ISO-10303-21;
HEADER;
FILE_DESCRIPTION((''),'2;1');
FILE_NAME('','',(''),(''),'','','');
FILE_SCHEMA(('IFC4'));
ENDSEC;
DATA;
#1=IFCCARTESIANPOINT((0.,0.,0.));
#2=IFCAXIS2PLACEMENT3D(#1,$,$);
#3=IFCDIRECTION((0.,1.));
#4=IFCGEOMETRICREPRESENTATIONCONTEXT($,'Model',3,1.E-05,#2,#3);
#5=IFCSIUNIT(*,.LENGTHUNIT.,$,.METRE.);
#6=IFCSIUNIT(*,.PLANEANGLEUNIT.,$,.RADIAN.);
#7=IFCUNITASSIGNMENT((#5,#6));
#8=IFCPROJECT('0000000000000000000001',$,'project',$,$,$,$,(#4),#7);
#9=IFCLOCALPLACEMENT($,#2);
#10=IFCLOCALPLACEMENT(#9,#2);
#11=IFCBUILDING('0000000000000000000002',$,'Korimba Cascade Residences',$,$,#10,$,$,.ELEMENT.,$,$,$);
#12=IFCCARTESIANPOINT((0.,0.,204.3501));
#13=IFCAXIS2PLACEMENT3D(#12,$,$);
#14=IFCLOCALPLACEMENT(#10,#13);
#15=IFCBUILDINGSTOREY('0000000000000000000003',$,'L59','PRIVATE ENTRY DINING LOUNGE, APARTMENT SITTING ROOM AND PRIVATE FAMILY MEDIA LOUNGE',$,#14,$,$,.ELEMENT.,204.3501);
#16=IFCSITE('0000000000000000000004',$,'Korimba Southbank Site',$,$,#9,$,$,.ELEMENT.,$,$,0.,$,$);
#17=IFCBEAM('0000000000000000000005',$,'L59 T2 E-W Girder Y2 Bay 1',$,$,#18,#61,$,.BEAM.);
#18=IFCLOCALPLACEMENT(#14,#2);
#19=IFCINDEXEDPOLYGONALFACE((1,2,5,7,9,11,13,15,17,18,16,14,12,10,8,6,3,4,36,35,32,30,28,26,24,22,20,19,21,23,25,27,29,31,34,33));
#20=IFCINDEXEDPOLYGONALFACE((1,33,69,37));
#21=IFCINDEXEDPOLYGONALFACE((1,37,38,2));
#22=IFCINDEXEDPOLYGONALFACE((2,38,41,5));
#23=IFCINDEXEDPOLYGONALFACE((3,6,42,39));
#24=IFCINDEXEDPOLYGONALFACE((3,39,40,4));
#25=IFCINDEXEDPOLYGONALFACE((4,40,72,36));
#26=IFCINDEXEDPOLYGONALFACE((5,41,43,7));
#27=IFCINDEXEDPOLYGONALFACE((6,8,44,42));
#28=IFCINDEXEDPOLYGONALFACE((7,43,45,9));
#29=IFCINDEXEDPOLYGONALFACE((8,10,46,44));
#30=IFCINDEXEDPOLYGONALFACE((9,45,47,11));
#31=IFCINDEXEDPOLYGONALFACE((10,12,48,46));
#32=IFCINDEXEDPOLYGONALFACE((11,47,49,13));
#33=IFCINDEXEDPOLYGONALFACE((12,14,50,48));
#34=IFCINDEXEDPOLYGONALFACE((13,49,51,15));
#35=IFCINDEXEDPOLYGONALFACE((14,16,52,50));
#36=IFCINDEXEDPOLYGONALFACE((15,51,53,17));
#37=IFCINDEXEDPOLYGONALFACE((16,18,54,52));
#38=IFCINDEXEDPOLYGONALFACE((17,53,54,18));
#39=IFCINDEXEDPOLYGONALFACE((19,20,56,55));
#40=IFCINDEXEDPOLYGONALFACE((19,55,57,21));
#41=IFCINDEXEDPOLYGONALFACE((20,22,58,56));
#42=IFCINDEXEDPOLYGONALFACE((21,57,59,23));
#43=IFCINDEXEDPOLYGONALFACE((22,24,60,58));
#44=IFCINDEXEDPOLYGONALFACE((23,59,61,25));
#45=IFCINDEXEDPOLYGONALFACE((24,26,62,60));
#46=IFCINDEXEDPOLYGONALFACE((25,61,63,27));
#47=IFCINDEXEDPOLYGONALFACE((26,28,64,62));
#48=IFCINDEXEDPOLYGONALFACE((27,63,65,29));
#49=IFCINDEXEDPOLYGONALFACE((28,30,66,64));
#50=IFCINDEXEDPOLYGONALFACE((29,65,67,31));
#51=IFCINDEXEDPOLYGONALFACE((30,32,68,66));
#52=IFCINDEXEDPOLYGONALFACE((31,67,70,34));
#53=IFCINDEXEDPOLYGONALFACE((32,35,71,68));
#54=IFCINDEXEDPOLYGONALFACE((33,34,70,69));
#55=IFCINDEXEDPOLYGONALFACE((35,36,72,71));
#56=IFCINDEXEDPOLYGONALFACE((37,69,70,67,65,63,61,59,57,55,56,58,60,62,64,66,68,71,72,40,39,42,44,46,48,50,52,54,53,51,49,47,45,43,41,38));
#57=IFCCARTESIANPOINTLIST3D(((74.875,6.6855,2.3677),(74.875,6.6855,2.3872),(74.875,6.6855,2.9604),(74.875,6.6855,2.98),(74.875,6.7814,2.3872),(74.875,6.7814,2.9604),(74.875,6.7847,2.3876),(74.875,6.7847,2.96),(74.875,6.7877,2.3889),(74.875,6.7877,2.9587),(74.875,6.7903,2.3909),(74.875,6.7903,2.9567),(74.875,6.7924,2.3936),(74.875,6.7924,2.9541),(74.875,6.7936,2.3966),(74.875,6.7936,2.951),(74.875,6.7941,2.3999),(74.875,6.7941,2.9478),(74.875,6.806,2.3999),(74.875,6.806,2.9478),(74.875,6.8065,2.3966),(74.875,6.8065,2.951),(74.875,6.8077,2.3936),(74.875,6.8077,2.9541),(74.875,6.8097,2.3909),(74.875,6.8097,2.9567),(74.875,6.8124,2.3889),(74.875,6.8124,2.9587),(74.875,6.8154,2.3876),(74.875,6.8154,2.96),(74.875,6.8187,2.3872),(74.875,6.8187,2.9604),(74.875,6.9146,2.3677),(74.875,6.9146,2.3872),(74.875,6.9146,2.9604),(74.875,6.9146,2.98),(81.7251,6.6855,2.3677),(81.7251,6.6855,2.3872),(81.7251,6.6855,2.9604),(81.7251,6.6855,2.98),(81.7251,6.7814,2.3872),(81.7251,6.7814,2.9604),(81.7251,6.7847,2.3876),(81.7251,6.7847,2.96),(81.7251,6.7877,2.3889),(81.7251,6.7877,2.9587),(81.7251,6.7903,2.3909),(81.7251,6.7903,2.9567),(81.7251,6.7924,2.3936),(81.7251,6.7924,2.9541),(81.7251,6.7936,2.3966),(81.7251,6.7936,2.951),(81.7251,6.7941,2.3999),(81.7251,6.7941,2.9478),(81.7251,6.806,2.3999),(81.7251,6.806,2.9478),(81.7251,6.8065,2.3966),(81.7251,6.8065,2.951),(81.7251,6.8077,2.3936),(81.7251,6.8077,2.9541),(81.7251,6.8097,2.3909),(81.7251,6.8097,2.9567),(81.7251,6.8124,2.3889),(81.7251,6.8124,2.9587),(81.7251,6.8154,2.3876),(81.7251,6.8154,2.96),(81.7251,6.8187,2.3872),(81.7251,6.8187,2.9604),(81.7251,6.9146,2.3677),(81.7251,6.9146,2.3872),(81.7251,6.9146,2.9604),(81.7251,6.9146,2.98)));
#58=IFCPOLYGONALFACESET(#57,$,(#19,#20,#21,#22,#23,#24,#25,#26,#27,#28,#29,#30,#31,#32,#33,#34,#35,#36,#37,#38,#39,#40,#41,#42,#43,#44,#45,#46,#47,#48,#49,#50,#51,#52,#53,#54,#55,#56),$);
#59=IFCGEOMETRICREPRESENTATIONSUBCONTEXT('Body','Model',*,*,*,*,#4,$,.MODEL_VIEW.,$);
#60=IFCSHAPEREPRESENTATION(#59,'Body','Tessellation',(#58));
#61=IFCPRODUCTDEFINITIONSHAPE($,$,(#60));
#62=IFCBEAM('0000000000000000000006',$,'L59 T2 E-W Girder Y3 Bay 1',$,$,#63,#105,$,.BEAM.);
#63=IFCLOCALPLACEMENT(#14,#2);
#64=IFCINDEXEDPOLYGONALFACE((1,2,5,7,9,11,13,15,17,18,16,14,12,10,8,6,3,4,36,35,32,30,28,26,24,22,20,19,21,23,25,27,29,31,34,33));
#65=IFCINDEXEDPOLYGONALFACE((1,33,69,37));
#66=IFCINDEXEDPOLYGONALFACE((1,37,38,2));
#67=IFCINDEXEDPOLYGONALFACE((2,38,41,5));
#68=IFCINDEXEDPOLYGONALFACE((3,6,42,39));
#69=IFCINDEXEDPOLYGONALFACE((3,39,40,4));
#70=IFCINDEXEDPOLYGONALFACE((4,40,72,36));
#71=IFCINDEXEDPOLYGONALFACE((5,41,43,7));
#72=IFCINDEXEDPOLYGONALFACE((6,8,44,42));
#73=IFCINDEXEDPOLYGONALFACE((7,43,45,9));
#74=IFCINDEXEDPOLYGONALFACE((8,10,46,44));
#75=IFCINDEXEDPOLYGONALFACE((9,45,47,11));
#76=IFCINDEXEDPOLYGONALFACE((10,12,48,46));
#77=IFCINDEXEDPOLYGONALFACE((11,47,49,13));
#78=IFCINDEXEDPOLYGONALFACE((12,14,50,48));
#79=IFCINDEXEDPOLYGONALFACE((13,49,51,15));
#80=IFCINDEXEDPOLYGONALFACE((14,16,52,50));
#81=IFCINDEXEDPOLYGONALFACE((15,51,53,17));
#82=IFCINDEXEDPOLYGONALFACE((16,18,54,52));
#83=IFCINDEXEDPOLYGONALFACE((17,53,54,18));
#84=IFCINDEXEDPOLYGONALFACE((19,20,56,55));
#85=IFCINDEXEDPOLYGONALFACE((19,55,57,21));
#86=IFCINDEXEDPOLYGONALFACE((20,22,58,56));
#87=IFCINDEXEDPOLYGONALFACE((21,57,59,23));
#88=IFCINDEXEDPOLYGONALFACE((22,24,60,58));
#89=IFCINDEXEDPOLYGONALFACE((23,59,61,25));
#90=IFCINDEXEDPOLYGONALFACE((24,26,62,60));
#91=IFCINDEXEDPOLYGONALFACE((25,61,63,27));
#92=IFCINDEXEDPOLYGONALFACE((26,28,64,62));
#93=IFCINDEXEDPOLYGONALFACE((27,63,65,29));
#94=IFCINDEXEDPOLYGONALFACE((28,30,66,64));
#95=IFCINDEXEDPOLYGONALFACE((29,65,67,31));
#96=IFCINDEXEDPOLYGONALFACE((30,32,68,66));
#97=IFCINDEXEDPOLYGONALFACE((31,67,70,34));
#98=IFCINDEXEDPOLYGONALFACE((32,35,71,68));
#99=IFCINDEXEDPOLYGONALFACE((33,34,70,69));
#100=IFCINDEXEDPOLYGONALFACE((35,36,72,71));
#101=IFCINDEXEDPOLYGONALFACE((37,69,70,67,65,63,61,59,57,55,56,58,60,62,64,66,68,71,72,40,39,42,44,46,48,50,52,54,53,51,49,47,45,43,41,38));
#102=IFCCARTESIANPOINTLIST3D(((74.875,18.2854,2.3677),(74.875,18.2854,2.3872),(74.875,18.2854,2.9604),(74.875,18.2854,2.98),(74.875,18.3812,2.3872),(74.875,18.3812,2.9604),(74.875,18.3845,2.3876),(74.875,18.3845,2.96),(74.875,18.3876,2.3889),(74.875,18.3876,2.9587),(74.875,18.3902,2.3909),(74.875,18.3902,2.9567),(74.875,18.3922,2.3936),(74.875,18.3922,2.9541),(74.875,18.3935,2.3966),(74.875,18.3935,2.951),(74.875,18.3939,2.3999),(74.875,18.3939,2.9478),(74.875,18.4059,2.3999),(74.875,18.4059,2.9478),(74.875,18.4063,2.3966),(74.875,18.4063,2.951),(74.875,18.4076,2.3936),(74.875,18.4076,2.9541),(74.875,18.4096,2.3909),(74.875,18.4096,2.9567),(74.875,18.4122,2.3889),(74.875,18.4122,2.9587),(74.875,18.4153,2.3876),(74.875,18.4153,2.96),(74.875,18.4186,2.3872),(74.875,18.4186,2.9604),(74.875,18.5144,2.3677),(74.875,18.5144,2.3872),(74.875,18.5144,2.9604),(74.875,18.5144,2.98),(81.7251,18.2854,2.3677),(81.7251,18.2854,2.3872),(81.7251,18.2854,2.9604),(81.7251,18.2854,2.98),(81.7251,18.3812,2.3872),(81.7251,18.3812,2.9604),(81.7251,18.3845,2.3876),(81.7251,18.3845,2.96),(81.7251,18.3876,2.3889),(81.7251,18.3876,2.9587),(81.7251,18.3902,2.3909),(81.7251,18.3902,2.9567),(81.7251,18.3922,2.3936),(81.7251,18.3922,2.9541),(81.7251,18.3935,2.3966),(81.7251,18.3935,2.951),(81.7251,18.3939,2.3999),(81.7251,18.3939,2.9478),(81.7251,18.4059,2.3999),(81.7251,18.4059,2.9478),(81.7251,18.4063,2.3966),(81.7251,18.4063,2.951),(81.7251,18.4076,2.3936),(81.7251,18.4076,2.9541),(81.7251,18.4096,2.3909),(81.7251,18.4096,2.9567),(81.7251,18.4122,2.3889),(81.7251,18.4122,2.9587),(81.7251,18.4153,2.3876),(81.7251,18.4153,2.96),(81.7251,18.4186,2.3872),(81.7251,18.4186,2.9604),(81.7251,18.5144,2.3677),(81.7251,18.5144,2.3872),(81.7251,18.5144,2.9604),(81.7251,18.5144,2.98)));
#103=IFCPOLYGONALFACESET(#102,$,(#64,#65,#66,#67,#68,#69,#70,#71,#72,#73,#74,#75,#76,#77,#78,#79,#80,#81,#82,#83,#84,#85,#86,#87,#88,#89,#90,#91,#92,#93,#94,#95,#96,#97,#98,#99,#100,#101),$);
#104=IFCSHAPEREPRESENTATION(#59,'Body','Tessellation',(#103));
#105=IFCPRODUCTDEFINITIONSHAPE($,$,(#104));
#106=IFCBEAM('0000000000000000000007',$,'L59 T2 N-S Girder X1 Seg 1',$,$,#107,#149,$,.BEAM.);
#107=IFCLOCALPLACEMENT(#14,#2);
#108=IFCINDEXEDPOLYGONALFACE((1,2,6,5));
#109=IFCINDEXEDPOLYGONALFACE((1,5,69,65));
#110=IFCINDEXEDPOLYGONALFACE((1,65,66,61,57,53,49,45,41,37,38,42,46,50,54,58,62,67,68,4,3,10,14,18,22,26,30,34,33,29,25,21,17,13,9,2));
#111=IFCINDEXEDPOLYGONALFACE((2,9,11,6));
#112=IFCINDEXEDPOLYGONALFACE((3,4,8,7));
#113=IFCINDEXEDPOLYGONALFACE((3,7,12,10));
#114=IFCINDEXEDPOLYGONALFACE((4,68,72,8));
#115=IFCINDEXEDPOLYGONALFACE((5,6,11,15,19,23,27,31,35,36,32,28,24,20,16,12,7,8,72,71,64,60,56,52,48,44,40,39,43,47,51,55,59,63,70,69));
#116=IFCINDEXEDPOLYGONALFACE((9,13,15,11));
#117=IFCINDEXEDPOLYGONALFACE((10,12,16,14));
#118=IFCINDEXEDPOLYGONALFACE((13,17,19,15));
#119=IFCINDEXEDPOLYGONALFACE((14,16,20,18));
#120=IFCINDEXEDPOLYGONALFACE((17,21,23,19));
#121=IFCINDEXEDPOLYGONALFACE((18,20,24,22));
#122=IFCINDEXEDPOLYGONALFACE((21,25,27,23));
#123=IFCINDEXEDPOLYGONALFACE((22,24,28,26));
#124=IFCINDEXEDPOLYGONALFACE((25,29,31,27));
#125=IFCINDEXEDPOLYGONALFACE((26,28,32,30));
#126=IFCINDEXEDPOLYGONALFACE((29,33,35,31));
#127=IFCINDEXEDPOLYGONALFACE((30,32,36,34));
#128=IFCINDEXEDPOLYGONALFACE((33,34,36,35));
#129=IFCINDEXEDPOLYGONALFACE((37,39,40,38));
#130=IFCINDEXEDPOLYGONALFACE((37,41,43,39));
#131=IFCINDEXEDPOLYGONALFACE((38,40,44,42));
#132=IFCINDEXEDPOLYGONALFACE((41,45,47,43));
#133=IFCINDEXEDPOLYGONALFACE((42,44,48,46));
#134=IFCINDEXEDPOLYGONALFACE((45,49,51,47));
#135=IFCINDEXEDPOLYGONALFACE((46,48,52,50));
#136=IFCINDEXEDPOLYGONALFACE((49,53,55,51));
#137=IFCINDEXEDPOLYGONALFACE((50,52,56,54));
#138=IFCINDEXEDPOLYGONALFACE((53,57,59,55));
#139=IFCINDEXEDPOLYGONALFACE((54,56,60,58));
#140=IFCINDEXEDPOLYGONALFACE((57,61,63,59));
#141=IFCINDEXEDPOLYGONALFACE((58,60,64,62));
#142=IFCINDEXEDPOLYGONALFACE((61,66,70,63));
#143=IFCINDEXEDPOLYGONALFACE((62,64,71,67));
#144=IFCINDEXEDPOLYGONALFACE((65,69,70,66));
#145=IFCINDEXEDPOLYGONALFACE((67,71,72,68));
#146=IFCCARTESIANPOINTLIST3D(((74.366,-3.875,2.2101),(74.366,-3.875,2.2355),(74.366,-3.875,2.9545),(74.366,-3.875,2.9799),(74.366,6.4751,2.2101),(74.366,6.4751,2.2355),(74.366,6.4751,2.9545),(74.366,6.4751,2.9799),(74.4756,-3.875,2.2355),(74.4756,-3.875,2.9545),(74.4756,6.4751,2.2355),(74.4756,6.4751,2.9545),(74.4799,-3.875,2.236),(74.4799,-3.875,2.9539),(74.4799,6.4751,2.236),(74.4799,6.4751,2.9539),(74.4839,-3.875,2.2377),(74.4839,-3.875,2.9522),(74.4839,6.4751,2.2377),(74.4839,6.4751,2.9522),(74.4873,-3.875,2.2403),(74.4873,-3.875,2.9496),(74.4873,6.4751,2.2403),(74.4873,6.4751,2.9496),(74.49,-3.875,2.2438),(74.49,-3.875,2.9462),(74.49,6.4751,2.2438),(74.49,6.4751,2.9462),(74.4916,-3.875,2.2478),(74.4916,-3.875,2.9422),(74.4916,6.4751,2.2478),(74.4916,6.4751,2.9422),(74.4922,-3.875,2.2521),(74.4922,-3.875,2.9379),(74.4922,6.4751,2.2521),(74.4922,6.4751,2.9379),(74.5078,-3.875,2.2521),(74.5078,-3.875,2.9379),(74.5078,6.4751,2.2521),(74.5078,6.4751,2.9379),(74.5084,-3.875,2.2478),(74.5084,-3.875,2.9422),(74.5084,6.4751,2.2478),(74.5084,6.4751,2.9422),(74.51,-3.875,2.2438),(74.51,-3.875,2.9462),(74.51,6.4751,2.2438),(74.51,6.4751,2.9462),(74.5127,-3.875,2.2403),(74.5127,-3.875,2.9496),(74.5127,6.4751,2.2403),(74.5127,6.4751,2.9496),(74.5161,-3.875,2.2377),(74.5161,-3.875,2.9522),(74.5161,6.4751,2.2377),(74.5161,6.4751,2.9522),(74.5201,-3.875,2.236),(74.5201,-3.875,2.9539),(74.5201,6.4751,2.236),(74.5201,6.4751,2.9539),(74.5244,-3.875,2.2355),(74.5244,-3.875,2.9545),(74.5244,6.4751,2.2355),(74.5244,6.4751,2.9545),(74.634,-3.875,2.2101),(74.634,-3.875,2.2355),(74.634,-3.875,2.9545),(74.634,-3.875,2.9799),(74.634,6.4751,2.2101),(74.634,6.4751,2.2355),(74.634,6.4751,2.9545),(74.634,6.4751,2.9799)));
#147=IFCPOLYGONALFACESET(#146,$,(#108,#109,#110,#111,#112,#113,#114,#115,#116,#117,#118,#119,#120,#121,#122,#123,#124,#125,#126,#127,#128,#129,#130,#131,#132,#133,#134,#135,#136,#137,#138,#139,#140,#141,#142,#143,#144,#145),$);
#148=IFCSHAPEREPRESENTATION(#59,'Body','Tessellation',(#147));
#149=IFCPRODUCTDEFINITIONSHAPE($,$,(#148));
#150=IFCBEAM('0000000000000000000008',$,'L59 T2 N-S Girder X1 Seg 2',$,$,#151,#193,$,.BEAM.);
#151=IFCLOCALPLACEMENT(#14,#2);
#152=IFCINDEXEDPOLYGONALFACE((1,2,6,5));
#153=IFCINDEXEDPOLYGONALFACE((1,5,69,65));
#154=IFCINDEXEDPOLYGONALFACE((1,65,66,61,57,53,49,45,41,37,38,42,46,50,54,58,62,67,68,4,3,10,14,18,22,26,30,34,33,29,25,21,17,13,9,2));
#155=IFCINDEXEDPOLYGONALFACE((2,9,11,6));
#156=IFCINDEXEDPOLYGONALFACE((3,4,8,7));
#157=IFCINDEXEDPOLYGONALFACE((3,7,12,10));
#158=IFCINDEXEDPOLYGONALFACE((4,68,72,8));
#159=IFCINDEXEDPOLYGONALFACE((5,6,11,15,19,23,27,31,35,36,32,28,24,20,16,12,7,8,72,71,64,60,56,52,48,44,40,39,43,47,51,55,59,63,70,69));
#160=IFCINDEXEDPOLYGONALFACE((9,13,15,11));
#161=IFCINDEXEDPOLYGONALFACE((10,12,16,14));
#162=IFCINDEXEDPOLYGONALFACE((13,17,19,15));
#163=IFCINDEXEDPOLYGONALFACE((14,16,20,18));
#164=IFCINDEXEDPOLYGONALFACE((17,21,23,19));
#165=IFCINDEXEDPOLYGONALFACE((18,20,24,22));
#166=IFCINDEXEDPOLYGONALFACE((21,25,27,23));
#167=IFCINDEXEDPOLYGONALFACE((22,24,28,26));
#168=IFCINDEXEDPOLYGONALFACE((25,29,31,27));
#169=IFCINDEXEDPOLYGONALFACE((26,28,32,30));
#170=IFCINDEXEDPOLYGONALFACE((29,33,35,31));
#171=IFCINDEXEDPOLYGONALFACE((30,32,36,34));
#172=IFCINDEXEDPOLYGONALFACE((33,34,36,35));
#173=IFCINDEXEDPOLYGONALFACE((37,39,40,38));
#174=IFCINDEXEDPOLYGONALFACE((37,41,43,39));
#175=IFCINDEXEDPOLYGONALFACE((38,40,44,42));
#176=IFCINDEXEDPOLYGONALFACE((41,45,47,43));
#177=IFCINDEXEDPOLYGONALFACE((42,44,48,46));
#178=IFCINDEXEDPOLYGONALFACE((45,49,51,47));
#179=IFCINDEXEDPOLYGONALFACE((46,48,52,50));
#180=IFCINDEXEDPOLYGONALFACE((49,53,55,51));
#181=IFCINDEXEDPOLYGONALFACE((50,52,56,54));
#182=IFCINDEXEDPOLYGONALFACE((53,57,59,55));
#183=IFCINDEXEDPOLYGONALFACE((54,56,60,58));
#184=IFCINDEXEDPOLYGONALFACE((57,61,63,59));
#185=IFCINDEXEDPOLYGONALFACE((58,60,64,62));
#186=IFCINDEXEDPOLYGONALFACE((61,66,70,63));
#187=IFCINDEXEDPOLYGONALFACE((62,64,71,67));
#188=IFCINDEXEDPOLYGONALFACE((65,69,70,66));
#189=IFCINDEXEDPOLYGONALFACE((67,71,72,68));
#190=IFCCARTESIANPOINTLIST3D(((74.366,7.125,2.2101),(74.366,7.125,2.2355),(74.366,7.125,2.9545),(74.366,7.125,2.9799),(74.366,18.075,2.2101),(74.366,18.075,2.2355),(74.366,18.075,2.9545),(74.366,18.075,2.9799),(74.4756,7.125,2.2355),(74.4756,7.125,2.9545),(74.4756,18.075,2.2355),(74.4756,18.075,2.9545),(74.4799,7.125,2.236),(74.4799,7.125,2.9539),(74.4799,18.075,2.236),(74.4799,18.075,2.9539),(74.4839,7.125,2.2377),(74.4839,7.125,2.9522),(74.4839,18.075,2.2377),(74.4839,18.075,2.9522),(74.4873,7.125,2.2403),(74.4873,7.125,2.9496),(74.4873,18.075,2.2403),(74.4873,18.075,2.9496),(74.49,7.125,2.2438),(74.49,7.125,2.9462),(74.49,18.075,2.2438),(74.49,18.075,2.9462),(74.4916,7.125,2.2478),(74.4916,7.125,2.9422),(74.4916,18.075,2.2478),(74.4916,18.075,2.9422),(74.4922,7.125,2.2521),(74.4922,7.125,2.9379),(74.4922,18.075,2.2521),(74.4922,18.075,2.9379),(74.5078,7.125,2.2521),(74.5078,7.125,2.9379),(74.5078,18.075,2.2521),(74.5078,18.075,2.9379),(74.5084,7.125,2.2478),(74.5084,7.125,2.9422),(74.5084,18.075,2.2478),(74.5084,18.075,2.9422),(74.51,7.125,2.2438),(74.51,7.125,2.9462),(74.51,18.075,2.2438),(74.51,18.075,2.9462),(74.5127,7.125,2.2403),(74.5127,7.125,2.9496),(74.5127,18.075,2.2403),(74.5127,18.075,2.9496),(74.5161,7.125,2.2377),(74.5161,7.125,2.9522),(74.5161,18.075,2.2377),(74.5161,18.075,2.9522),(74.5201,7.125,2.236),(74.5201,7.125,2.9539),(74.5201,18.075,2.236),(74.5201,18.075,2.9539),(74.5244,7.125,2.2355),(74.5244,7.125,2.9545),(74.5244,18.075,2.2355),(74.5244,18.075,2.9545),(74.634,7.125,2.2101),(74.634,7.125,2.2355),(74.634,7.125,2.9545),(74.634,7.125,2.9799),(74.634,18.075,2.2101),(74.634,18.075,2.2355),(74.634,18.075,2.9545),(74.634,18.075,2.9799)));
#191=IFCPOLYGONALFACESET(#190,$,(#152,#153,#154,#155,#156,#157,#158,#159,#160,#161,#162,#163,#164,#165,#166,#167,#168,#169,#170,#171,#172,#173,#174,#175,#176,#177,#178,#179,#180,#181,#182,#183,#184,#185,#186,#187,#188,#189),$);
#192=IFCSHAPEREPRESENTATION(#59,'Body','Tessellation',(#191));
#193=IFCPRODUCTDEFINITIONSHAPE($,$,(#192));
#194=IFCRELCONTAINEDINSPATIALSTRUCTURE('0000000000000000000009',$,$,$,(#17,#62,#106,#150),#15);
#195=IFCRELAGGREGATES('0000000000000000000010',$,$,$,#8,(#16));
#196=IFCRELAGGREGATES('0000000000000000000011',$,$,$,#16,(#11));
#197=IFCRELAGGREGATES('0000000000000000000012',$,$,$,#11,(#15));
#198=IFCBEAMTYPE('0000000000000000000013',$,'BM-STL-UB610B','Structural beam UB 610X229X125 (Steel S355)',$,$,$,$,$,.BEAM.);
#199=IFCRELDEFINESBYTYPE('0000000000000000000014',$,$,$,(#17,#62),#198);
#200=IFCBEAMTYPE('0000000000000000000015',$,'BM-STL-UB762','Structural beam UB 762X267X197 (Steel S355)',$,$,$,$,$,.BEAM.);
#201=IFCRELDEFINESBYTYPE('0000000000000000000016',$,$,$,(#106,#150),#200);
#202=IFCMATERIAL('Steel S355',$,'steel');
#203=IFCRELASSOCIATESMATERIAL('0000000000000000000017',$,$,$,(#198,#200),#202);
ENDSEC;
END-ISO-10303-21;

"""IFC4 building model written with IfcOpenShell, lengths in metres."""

from ifc_helpers import new_model, si_unit, direction, frame, origin, origin_2d, place, context, subcontext, project, spatial, i_section, extrude, material, material_profile, profile_set, type_object, element, save


model = new_model("IFC4")

# Units and contexts
model_context = context("Model", 3, precision=1e-05, world=origin(), true_north=direction((0.0, 1.0)))
body_context = subcontext(model_context, "Body", "Model", "MODEL_VIEW")
ifc_project = project(units=[si_unit("LENGTHUNIT", "METRE"), si_unit("PLANEANGLEUNIT", "RADIAN")], contexts=[model_context])

# Site, building, storey
site_placement = place(None, origin())
site = spatial("IfcSite", under=ifc_project, at=site_placement, Name="Korimba Southbank Site", CompositionType="ELEMENT", RefElevation=0.0)
building_placement = place(site_placement, origin())
building = spatial("IfcBuilding", under=site, at=building_placement, Name="Korimba Cascade Residences", CompositionType="ELEMENT")
storey_placement = place(building_placement, frame((0.0, 0.0, 204.3501)))
storey = spatial("IfcBuildingStorey", under=building, at=storey_placement, Name="L59", Description="PRIVATE ENTRY DINING LOUNGE, APARTMENT SITTING ROOM AND PRIVATE FAMILY MEDIA LOUNGE", CompositionType="ELEMENT", Elevation=204.3501)

# Beams
ifc_material_1 = material(Name="Steel S355", Category="steel")
ifc_material_profile_1 = material_profile(ifc_material_1, i_section(OverallWidth=0.229, OverallDepth=0.6123, WebThickness=0.012, FlangeThickness=0.0195, FilletRadius=0.0127, at=origin_2d()), Name="Steel S355")
ifc_profile_set_1 = profile_set([ifc_material_profile_1], Name="Steel S355")
beam_type_1 = type_object("IfcBeamType", Name="BM-STL-UB610B", Description="Structural beam UB 610X229X125 (Steel S355)", PredefinedType="BEAM", material=ifc_profile_set_1)
for number, where, z_axis, x_axis, name in (
    (1, (74.875, 6.8, 2.6738), (1.0, 0.0, 0.0), (0.0, 1.0, 0.0), "L59 T2 E-W Girder Y2 Bay 1"),
    (2, (74.875, 18.3999, 2.6738), (1.0, 0.0, 0.0), (0.0, 1.0, 0.0), "L59 T2 E-W Girder Y3 Bay 1"),
):
    element("IfcBeam", number, at=place(storey_placement, frame(where, z_axis=z_axis, x_axis=x_axis)), inside=storey, type_object=beam_type_1, Name=name, PredefinedType="BEAM", context=body_context, shape_type="SweptSolid", body=[
        extrude(i_section(OverallWidth=0.229, OverallDepth=0.6123, WebThickness=0.012, FlangeThickness=0.0195, FilletRadius=0.0127, at=origin_2d()), origin(), (0.0, 0.0, 1.0), 6.8501),
    ])
ifc_material_profile_2 = material_profile(ifc_material_1, i_section(OverallWidth=0.2681, OverallDepth=0.7698, WebThickness=0.0156, FlangeThickness=0.0254, FilletRadius=0.0166, at=origin_2d()), Name="Steel S355")
ifc_profile_set_2 = profile_set([ifc_material_profile_2], Name="Steel S355")
beam_type_2 = type_object("IfcBeamType", Name="BM-STL-UB762", Description="Structural beam UB 762X267X197 (Steel S355)", PredefinedType="BEAM", material=ifc_profile_set_2)
beam_1_placement = place(storey_placement, frame((74.5, -3.875, 2.595), z_axis=(0.0, 1.0, 0.0), x_axis=(-1.0, 0.0, 0.0)))
element("IfcBeam", 3, at=beam_1_placement, inside=storey, type_object=beam_type_2, Name="L59 T2 N-S Girder X1 Seg 1", PredefinedType="BEAM", context=body_context, shape_type="SweptSolid", body=[
    extrude(i_section(OverallWidth=0.2681, OverallDepth=0.7698, WebThickness=0.0156, FlangeThickness=0.0254, FilletRadius=0.0166, at=origin_2d()), origin(), (0.0, 0.0, 1.0), 10.3501),
])
beam_2_placement = place(storey_placement, frame((74.5, 7.125, 2.595), z_axis=(0.0, 1.0, 0.0), x_axis=(-1.0, 0.0, 0.0)))
element("IfcBeam", 4, at=beam_2_placement, inside=storey, type_object=beam_type_2, Name="L59 T2 N-S Girder X1 Seg 2", PredefinedType="BEAM", context=body_context, shape_type="SweptSolid", body=[
    extrude(i_section(OverallWidth=0.2681, OverallDepth=0.7698, WebThickness=0.0156, FlangeThickness=0.0254, FilletRadius=0.0166, at=origin_2d()), origin(), (0.0, 0.0, 1.0), 10.95),
])

save(model, "model.ifc")
